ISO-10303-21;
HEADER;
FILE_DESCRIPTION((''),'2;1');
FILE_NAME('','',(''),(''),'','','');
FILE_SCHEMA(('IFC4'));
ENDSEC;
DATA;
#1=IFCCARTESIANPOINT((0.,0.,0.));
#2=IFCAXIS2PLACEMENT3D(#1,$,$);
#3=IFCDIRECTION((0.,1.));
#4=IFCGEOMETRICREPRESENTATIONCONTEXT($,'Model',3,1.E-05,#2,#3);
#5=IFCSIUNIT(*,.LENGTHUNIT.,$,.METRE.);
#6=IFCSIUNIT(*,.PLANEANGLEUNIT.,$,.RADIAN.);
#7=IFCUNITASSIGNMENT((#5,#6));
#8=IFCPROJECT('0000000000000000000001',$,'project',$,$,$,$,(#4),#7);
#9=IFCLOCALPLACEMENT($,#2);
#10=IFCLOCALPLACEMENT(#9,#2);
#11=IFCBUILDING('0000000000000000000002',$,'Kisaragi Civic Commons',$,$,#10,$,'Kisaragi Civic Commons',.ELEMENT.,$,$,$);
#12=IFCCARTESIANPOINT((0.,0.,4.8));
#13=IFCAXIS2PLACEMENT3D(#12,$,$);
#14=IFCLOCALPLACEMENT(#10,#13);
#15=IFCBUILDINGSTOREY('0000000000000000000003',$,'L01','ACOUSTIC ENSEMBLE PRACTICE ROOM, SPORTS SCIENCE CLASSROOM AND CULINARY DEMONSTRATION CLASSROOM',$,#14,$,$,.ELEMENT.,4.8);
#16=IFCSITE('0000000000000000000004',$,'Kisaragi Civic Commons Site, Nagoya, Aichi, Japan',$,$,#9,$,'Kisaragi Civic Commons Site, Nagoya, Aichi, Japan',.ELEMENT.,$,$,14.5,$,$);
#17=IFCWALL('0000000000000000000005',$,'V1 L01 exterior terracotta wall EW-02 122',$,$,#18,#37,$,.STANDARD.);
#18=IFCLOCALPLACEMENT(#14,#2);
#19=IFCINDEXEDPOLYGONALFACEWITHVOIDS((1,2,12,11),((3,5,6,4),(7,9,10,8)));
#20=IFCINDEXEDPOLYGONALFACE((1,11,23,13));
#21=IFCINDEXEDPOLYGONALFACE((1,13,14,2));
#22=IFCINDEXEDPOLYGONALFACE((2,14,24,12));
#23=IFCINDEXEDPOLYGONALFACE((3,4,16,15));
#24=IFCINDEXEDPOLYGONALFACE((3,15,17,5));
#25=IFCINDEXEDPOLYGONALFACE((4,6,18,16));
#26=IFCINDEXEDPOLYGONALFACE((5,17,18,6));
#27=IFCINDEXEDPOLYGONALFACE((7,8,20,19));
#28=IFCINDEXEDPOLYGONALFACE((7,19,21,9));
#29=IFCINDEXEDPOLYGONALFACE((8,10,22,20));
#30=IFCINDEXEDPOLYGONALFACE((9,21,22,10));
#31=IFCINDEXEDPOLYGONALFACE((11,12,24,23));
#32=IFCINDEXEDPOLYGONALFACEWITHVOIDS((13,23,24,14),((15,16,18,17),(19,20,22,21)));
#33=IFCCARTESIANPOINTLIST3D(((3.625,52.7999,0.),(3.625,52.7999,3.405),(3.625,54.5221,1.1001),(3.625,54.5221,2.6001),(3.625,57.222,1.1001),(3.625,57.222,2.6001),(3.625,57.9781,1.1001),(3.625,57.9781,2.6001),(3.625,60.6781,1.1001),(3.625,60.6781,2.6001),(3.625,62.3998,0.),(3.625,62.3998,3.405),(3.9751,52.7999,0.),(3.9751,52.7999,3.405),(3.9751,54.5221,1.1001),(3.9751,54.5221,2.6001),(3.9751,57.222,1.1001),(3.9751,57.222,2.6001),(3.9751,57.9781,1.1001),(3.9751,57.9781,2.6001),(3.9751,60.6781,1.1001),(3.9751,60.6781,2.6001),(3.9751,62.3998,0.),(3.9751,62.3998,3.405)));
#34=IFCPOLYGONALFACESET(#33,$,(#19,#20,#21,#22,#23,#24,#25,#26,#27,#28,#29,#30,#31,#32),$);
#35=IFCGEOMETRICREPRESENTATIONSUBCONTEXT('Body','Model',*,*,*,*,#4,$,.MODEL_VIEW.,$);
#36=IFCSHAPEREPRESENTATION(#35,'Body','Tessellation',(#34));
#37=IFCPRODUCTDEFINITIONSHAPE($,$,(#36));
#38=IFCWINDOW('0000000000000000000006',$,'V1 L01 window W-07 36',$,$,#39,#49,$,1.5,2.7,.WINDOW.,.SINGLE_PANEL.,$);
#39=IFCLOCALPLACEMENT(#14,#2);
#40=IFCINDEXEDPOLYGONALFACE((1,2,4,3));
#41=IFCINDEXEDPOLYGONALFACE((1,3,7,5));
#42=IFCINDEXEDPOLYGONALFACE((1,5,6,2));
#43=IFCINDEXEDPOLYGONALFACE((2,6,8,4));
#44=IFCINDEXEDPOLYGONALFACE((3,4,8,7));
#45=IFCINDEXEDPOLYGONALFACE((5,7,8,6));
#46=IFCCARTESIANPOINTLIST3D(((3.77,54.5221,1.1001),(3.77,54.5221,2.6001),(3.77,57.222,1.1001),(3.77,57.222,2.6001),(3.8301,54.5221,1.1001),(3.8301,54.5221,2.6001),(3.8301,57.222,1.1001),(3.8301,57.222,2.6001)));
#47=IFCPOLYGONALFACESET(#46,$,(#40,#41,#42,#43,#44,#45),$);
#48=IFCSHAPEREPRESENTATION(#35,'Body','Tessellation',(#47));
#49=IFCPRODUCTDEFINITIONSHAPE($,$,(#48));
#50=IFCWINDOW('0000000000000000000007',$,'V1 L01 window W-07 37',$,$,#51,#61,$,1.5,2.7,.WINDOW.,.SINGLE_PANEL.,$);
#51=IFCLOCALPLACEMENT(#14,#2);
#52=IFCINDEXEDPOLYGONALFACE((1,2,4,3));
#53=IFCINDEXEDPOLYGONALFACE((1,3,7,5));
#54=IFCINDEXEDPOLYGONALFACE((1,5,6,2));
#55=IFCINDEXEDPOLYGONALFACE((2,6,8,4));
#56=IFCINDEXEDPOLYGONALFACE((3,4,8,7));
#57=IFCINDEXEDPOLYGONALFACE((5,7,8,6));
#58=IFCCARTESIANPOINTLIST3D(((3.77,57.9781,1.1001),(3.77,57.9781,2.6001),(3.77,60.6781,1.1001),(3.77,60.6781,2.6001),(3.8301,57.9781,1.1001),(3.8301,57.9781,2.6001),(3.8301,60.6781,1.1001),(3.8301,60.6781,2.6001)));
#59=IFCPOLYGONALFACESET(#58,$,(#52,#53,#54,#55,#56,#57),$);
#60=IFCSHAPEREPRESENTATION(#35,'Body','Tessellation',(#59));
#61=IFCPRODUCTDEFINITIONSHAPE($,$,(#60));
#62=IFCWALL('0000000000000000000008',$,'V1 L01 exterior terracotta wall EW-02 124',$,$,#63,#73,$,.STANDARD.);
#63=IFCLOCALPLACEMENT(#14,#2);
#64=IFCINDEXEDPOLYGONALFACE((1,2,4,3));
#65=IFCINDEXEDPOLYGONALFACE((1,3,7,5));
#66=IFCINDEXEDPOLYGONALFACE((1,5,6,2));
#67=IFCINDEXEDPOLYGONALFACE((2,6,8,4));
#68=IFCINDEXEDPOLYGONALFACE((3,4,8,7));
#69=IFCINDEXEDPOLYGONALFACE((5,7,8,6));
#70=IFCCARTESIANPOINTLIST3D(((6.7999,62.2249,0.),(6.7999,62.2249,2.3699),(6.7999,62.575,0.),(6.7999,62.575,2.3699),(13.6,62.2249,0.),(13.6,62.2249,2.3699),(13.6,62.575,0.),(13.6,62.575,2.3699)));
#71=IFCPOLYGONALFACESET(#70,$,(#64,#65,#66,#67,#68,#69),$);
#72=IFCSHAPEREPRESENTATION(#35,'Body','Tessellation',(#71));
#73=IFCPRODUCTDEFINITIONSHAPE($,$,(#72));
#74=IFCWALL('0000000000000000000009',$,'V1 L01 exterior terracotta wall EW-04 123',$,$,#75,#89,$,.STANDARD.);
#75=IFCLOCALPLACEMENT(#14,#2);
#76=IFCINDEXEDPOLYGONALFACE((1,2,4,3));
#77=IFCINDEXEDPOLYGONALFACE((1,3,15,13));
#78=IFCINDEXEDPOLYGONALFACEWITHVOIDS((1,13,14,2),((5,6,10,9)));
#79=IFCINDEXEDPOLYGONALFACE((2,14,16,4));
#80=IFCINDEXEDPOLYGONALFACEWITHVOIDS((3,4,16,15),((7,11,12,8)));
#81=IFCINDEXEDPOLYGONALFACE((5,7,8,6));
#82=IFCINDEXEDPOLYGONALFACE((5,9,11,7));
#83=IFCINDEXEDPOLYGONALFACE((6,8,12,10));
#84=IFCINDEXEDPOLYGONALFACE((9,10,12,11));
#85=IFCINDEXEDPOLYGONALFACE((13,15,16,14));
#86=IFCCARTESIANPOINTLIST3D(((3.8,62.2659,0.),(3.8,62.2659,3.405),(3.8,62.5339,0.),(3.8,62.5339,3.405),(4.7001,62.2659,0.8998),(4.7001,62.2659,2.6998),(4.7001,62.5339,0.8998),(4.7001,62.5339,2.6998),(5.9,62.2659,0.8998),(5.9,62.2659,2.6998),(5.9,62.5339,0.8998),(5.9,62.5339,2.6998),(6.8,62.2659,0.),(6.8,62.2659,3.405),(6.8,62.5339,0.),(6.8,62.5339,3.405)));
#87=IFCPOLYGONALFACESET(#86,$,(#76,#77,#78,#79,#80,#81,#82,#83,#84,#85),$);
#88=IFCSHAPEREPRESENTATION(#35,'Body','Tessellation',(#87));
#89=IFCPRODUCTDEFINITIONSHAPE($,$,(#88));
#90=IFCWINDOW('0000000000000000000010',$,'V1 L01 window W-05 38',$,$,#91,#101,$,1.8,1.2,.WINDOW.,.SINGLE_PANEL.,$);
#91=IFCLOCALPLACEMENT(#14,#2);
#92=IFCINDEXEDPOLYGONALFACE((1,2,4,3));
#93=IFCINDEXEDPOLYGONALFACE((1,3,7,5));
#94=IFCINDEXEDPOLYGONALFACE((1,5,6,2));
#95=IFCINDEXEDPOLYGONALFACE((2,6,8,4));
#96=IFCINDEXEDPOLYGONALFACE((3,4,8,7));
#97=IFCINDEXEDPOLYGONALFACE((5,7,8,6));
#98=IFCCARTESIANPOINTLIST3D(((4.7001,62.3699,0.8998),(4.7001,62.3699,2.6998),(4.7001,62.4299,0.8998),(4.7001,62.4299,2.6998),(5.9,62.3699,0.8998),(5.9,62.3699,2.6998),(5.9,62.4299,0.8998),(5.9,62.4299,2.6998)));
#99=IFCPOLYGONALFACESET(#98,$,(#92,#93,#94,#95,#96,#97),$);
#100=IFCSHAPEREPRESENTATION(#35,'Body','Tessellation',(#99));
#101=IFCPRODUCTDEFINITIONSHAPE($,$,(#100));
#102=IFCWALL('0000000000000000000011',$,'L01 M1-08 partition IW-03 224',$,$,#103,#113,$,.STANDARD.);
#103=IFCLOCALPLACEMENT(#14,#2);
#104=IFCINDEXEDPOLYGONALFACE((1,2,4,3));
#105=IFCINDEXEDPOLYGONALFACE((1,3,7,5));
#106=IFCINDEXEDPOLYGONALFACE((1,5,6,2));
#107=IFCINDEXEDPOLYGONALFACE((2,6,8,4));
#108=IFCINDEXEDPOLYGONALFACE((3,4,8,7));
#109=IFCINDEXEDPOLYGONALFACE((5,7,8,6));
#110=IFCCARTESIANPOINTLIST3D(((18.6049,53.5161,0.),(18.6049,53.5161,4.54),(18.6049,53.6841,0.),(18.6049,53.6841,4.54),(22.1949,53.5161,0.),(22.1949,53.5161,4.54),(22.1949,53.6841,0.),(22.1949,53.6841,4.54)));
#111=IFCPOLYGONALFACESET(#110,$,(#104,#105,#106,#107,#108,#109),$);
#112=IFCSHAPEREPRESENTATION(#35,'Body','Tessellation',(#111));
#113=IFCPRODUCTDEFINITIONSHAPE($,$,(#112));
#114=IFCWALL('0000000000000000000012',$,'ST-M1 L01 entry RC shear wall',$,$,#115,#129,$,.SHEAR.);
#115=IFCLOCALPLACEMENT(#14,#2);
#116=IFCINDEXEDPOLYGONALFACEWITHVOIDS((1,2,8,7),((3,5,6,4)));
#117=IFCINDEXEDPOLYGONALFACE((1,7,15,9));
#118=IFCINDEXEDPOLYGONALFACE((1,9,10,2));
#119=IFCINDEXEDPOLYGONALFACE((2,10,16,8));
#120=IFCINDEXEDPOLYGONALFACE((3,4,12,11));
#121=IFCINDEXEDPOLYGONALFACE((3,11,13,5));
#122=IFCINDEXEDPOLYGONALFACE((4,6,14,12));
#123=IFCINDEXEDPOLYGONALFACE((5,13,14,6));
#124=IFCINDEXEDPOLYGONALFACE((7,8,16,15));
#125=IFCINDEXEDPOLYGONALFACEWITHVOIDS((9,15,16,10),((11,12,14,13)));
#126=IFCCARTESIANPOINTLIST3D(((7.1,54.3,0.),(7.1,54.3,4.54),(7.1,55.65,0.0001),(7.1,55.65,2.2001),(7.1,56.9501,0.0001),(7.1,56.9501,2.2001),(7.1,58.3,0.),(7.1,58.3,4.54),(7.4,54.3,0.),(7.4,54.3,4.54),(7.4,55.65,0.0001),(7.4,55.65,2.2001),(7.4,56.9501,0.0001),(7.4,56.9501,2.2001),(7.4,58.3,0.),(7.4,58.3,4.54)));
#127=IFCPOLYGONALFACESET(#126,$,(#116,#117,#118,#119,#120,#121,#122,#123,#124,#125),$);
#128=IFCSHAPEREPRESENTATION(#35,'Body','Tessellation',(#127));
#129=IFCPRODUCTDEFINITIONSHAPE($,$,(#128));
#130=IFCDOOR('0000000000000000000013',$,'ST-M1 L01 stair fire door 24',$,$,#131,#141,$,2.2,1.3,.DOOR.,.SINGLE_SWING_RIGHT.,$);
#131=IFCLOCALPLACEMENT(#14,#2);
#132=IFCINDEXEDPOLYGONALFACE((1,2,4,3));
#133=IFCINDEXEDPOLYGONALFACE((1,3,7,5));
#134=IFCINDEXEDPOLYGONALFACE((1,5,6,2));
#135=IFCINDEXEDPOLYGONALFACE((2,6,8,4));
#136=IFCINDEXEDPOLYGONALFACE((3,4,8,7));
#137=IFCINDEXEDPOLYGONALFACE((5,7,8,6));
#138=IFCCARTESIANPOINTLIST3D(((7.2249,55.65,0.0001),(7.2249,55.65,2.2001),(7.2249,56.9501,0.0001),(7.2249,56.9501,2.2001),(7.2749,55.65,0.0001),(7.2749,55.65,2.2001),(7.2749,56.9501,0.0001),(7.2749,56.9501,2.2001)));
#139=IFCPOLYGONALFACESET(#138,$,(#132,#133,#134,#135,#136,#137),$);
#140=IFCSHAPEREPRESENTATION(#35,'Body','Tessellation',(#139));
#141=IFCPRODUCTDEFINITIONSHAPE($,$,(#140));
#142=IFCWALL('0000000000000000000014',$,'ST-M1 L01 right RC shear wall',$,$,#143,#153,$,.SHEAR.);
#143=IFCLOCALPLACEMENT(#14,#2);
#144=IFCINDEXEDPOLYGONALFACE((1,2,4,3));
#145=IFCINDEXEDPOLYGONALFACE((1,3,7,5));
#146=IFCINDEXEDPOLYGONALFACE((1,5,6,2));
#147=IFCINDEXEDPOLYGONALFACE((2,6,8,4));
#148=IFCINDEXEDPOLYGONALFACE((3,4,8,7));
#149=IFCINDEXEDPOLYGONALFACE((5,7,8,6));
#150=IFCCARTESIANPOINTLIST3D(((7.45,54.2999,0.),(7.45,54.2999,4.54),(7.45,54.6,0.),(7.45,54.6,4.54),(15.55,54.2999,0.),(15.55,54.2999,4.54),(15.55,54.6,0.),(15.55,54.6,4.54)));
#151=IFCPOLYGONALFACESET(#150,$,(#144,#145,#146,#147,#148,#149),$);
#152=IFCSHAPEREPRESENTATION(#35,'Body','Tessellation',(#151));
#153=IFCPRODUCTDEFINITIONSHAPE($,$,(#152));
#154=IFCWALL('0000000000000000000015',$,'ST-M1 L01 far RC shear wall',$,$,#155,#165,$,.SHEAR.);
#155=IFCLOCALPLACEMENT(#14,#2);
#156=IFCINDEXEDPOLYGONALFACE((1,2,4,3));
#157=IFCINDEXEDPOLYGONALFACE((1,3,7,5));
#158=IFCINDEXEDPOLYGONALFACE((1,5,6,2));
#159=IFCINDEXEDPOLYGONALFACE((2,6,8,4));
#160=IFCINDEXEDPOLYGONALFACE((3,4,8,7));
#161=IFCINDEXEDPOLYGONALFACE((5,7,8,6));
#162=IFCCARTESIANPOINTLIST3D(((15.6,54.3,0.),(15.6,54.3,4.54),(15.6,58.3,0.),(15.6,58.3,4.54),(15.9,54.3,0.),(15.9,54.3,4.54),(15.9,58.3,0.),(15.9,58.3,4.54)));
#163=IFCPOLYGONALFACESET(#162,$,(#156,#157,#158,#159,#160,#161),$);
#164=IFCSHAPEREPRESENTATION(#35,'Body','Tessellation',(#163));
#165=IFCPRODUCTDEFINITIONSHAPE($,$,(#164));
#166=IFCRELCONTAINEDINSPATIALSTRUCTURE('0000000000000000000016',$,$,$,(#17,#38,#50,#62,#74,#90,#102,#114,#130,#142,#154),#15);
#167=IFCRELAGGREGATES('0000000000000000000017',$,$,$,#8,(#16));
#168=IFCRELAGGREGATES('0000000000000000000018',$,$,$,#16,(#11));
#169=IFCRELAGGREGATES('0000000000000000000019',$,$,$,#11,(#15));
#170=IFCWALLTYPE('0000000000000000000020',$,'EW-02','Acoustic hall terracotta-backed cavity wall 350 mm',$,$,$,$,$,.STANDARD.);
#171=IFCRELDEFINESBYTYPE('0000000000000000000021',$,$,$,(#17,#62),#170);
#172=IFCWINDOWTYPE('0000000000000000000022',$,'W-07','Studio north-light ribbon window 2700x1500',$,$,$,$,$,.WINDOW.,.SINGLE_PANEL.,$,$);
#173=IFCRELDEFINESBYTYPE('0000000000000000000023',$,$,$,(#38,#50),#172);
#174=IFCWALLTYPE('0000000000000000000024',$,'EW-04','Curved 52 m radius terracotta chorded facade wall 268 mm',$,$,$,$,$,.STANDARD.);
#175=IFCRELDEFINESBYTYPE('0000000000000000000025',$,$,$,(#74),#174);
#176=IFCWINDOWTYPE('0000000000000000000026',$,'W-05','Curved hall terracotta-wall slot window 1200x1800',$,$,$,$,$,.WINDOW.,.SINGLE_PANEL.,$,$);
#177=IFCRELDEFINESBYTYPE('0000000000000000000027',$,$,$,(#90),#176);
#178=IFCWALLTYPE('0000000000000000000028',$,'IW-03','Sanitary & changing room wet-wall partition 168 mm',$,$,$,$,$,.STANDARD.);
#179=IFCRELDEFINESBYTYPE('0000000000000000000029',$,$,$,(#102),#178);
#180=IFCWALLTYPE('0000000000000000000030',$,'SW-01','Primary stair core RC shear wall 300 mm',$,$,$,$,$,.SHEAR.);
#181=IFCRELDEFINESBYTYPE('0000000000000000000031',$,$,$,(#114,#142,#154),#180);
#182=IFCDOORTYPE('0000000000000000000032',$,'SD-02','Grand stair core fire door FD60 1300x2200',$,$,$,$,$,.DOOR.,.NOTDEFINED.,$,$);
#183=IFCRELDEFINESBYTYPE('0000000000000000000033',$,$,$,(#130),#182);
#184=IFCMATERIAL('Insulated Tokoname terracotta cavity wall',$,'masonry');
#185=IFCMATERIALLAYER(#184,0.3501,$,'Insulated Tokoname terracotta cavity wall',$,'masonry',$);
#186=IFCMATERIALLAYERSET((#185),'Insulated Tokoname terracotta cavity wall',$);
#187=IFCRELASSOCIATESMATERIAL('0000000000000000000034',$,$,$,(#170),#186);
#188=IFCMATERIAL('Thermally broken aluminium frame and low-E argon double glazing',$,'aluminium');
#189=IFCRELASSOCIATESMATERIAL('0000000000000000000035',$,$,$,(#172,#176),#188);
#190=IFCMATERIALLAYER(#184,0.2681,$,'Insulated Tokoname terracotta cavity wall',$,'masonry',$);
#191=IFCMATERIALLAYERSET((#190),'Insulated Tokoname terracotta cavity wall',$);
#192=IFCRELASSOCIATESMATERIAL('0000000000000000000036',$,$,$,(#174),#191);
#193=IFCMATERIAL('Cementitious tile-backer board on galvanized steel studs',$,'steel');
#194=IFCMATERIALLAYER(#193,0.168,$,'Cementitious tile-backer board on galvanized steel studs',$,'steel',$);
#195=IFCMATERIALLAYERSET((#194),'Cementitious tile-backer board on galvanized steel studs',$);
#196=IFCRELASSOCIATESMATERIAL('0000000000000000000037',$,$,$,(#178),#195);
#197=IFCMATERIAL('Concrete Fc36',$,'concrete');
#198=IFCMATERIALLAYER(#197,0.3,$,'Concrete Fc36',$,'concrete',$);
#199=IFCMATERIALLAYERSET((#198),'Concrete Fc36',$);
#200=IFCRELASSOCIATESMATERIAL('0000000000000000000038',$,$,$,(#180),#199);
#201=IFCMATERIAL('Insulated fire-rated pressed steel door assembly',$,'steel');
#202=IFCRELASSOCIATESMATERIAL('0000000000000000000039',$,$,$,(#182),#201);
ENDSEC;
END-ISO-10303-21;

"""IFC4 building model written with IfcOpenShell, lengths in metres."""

from ifc_helpers import new_model, si_unit, direction, frame, frame_2d, origin, place, context, subcontext, project, spatial, rectangle, extrude, material, layer, layer_set, type_object, element, fill, save


model = new_model("IFC4")

# Units and contexts
model_context = context("Model", 3, precision=1e-05, world=origin(), true_north=direction((0.0, 1.0)))
body_context = subcontext(model_context, "Body", "Model", "MODEL_VIEW")
ifc_project = project(units=[si_unit("LENGTHUNIT", "METRE"), si_unit("PLANEANGLEUNIT", "RADIAN")], contexts=[model_context])

# Site, building, storey
site_placement = place(None, origin())
site = spatial("IfcSite", under=ifc_project, at=site_placement, Name="Kisaragi Civic Commons Site, Nagoya, Aichi, Japan", LongName="Kisaragi Civic Commons Site, Nagoya, Aichi, Japan", CompositionType="ELEMENT", RefElevation=14.5)
building_placement = place(site_placement, origin())
building = spatial("IfcBuilding", under=site, at=building_placement, Name="Kisaragi Civic Commons", LongName="Kisaragi Civic Commons", CompositionType="ELEMENT")
storey_placement = place(building_placement, frame((0.0, 0.0, 4.8)))
storey = spatial("IfcBuildingStorey", under=building, at=storey_placement, Name="L01", Description="ACOUSTIC ENSEMBLE PRACTICE ROOM, SPORTS SCIENCE CLASSROOM AND CULINARY DEMONSTRATION CLASSROOM", CompositionType="ELEMENT", Elevation=4.8)

# Shared definitions
ifc_material_1 = material(Name="Concrete Fc36", Category="concrete")

# Wall, openings, windows
ifc_material_2 = material(Name="Insulated Tokoname terracotta cavity wall", Category="masonry")
ifc_layer_1 = layer(ifc_material_2, 0.3501, Name="Insulated Tokoname terracotta cavity wall", Category="masonry")
ifc_layer_set_1 = layer_set([ifc_layer_1], Name="Insulated Tokoname terracotta cavity wall")
wall_type_1 = type_object("IfcWallType", Name="EW-02", Description="Acoustic hall terracotta-backed cavity wall 350 mm", PredefinedType="STANDARD", material=ifc_layer_set_1)
wall_1_placement = place(storey_placement, frame((3.8, 52.8, 0.0), z_axis=(0.0, 0.0, 1.0), x_axis=(0.0, 1.0, 0.0)))
wall_1 = element("IfcWall", 1, at=wall_1_placement, inside=storey, type_object=wall_type_1, Name="V1 L01 exterior terracotta wall EW-02 122", PredefinedType="STANDARD", context=body_context, shape_type="SweptSolid", body=[
    extrude(rectangle(XDim=9.5999, YDim=0.3501, at=frame_2d((4.7998, 0.0))), origin(), (0.0, 0.0, 1.0), 3.405),
])
opening_1_placement = place(wall_1_placement, frame((1.7219, 0.0, 1.1001)))
opening_1 = element("IfcOpeningElement", 2, at=opening_1_placement, cuts=wall_1, PredefinedType="OPENING", context=body_context, shape_type="SweptSolid", body=[
    extrude(rectangle(XDim=2.7, YDim=1.5, at=frame_2d((1.3501, 0.75))), frame((0.0, 0.1851, 0.0), z_axis=(0.0, -1.0, 0.0), x_axis=(1.0, 0.0, 0.0)), (0.0, 0.0, 1.0), 0.3701),
])
opening_2_placement = place(wall_1_placement, frame((5.178, 0.0, 1.1001)))
opening_2 = element("IfcOpeningElement", 3, at=opening_2_placement, cuts=wall_1, PredefinedType="OPENING", context=body_context, shape_type="SweptSolid", body=[
    extrude(rectangle(XDim=2.7, YDim=1.5, at=frame_2d((1.3501, 0.75))), frame((0.0, 0.1851, 0.0), z_axis=(0.0, -1.0, 0.0), x_axis=(1.0, 0.0, 0.0)), (0.0, 0.0, 1.0), 0.3701),
])
ifc_material_3 = material(Name="Thermally broken aluminium frame and low-E argon double glazing", Category="aluminium")
window_type_1 = type_object("IfcWindowType", Name="W-07", Description="Studio north-light ribbon window 2700x1500", PartitioningType="SINGLE_PANEL", PredefinedType="WINDOW", material=ifc_material_3)
window_1_placement = place(opening_1_placement, origin())
window_1 = element("IfcWindow", 4, at=window_1_placement, inside=storey, type_object=window_type_1, Name="V1 L01 window W-07 36", OverallHeight=1.5, OverallWidth=2.7, PartitioningType="SINGLE_PANEL", PredefinedType="WINDOW", context=body_context, shape_type="SweptSolid", body=[
    extrude(rectangle(XDim=2.7, YDim=1.5, at=frame_2d((1.3501, 0.75))), frame((0.0, 0.03, 0.0), z_axis=(0.0, -1.0, 0.0), x_axis=(1.0, 0.0, 0.0)), (0.0, 0.0, 1.0), 0.0601),
])
fill(opening_1, window_1)
window_2_placement = place(opening_2_placement, origin())
window_2 = element("IfcWindow", 5, at=window_2_placement, inside=storey, type_object=window_type_1, Name="V1 L01 window W-07 37", OverallHeight=1.5, OverallWidth=2.7, PartitioningType="SINGLE_PANEL", PredefinedType="WINDOW", context=body_context, shape_type="SweptSolid", body=[
    extrude(rectangle(XDim=2.7, YDim=1.5, at=frame_2d((1.3501, 0.75))), frame((0.0, 0.03, 0.0), z_axis=(0.0, -1.0, 0.0), x_axis=(1.0, 0.0, 0.0)), (0.0, 0.0, 1.0), 0.0601),
])
fill(opening_2, window_2)

# Wall
wall_2_placement = place(storey_placement, frame((6.8, 62.3999, 0.0), z_axis=(0.0, 0.0, 1.0), x_axis=(1.0, 0.0, 0.0)))
element("IfcWall", 6, at=wall_2_placement, inside=storey, type_object=wall_type_1, Name="V1 L01 exterior terracotta wall EW-02 124", PredefinedType="STANDARD", context=body_context, shape_type="SweptSolid", body=[
    extrude(rectangle(XDim=6.8, YDim=0.3501, at=frame_2d((3.3999, 0.0))), origin(), (0.0, 0.0, 1.0), 2.3699),
])

# Wall, opening, window
ifc_layer_2 = layer(ifc_material_2, 0.2681, Name="Insulated Tokoname terracotta cavity wall", Category="masonry")
ifc_layer_set_2 = layer_set([ifc_layer_2], Name="Insulated Tokoname terracotta cavity wall")
wall_type_2 = type_object("IfcWallType", Name="EW-04", Description="Curved 52 m radius terracotta chorded facade wall 268 mm", PredefinedType="STANDARD", material=ifc_layer_set_2)
wall_3_placement = place(storey_placement, frame((3.8, 62.3999, 0.0), z_axis=(0.0, 0.0, 1.0), x_axis=(1.0, 0.0, 0.0)))
wall_3 = element("IfcWall", 7, at=wall_3_placement, inside=storey, type_object=wall_type_2, Name="V1 L01 exterior terracotta wall EW-04 123", PredefinedType="STANDARD", context=body_context, shape_type="SweptSolid", body=[
    extrude(rectangle(XDim=3.0, YDim=0.2681, at=frame_2d((1.5, 0.0))), origin(), (0.0, 0.0, 1.0), 3.405),
])
opening_3_placement = place(wall_3_placement, frame((0.8999, 0.0, 0.8999)))
opening_3 = element("IfcOpeningElement", 8, at=opening_3_placement, cuts=wall_3, PredefinedType="OPENING", context=body_context, shape_type="SweptSolid", body=[
    extrude(rectangle(XDim=1.2, YDim=1.8, at=frame_2d((0.6001, 0.8999))), frame((0.0, 0.144, 0.0), z_axis=(0.0, -1.0, 0.0), x_axis=(1.0, 0.0, 0.0)), (0.0, 0.0, 1.0), 0.2881),
])
window_type_2 = type_object("IfcWindowType", Name="W-05", Description="Curved hall terracotta-wall slot window 1200x1800", PartitioningType="SINGLE_PANEL", PredefinedType="WINDOW", material=ifc_material_3)
window_3_placement = place(opening_3_placement, origin())
window_3 = element("IfcWindow", 9, at=window_3_placement, inside=storey, type_object=window_type_2, Name="V1 L01 window W-05 38", OverallHeight=1.8, OverallWidth=1.2, PartitioningType="SINGLE_PANEL", PredefinedType="WINDOW", context=body_context, shape_type="SweptSolid", body=[
    extrude(rectangle(XDim=1.2, YDim=1.8, at=frame_2d((0.6001, 0.8999))), frame((0.0, 0.03, 0.0), z_axis=(0.0, -1.0, 0.0), x_axis=(1.0, 0.0, 0.0)), (0.0, 0.0, 1.0), 0.0601),
])
fill(opening_3, window_3)

# Wall
ifc_material_4 = material(Name="Cementitious tile-backer board on galvanized steel studs", Category="steel")
ifc_layer_3 = layer(ifc_material_4, 0.168, Name="Cementitious tile-backer board on galvanized steel studs", Category="steel")
ifc_layer_set_3 = layer_set([ifc_layer_3], Name="Cementitious tile-backer board on galvanized steel studs")
wall_type_3 = type_object("IfcWallType", Name="IW-03", Description="Sanitary & changing room wet-wall partition 168 mm", PredefinedType="STANDARD", material=ifc_layer_set_3)
wall_4_placement = place(storey_placement, frame((18.605, 53.6001, 0.0), z_axis=(0.0, 0.0, 1.0), x_axis=(1.0, 0.0, 0.0)))
element("IfcWall", 10, at=wall_4_placement, inside=storey, type_object=wall_type_3, Name="L01 M1-08 partition IW-03 224", PredefinedType="STANDARD", context=body_context, shape_type="SweptSolid", body=[
    extrude(rectangle(XDim=3.5901, YDim=0.168, at=frame_2d((1.7949, 0.0))), origin(), (0.0, 0.0, 1.0), 4.54),
])

# Wall, opening, door
ifc_layer_4 = layer(ifc_material_1, 0.3, Name="Concrete Fc36", Category="concrete")
ifc_layer_set_4 = layer_set([ifc_layer_4], Name="Concrete Fc36")
wall_type_4 = type_object("IfcWallType", Name="SW-01", Description="Primary stair core RC shear wall 300 mm", PredefinedType="SHEAR", material=ifc_layer_set_4)
wall_5_placement = place(storey_placement, frame((7.25, 58.3, 0.0), z_axis=(0.0, 0.0, 1.0), x_axis=(0.0, -1.0, 0.0)))
wall_5 = element("IfcWall", 11, at=wall_5_placement, inside=storey, type_object=wall_type_4, Name="ST-M1 L01 entry RC shear wall", PredefinedType="SHEAR", context=body_context, shape_type="SweptSolid", body=[
    extrude(rectangle(XDim=4.0, YDim=0.3, at=frame_2d((2.0, 0.0))), origin(), (0.0, 0.0, 1.0), 4.54),
])
opening_4_placement = place(wall_5_placement, frame((1.3501, 0.0, 0.0)))
opening_4 = element("IfcOpeningElement", 12, at=opening_4_placement, cuts=wall_5, PredefinedType="OPENING", context=body_context, shape_type="SweptSolid", body=[
    extrude(rectangle(XDim=1.3, YDim=2.2, at=frame_2d((0.6499, 1.1001))), frame((0.0, 0.1599, 0.0), z_axis=(0.0, -1.0, 0.0), x_axis=(1.0, 0.0, 0.0)), (0.0, 0.0, 1.0), 0.3201),
])
ifc_material_5 = material(Name="Insulated fire-rated pressed steel door assembly", Category="steel")
door_type_1 = type_object("IfcDoorType", Name="SD-02", Description="Grand stair core fire door FD60 1300x2200", OperationType="NOTDEFINED", PredefinedType="DOOR", material=ifc_material_5)
door_1_placement = place(opening_4_placement, origin())
door_1 = element("IfcDoor", 13, at=door_1_placement, inside=storey, type_object=door_type_1, Name="ST-M1 L01 stair fire door 24", OperationType="SINGLE_SWING_RIGHT", OverallHeight=2.2, OverallWidth=1.3, PredefinedType="DOOR", context=body_context, shape_type="SweptSolid", body=[
    extrude(rectangle(XDim=1.3, YDim=2.2, at=frame_2d((0.6499, 1.1001))), frame((0.0, 0.0249, 0.0), z_axis=(0.0, -1.0, 0.0), x_axis=(1.0, 0.0, 0.0)), (0.0, 0.0, 1.0), 0.05),
])
fill(opening_4, door_1)

# Walls
wall_6_placement = place(storey_placement, frame((7.45, 54.45, 0.0), z_axis=(0.0, 0.0, 1.0), x_axis=(1.0, 0.0, 0.0)))
element("IfcWall", 14, at=wall_6_placement, inside=storey, type_object=wall_type_4, Name="ST-M1 L01 right RC shear wall", PredefinedType="SHEAR", context=body_context, shape_type="SweptSolid", body=[
    extrude(rectangle(XDim=8.1001, YDim=0.3, at=frame_2d((4.05, 0.0))), origin(), (0.0, 0.0, 1.0), 4.54),
])
wall_7_placement = place(storey_placement, frame((15.75, 54.3, 0.0), z_axis=(0.0, 0.0, 1.0), x_axis=(0.0, 1.0, 0.0)))
element("IfcWall", 15, at=wall_7_placement, inside=storey, type_object=wall_type_4, Name="ST-M1 L01 far RC shear wall", PredefinedType="SHEAR", context=body_context, shape_type="SweptSolid", body=[
    extrude(rectangle(XDim=4.0, YDim=0.3, at=frame_2d((2.0, 0.0))), origin(), (0.0, 0.0, 1.0), 4.54),
])

save(model, "model.ifc")
